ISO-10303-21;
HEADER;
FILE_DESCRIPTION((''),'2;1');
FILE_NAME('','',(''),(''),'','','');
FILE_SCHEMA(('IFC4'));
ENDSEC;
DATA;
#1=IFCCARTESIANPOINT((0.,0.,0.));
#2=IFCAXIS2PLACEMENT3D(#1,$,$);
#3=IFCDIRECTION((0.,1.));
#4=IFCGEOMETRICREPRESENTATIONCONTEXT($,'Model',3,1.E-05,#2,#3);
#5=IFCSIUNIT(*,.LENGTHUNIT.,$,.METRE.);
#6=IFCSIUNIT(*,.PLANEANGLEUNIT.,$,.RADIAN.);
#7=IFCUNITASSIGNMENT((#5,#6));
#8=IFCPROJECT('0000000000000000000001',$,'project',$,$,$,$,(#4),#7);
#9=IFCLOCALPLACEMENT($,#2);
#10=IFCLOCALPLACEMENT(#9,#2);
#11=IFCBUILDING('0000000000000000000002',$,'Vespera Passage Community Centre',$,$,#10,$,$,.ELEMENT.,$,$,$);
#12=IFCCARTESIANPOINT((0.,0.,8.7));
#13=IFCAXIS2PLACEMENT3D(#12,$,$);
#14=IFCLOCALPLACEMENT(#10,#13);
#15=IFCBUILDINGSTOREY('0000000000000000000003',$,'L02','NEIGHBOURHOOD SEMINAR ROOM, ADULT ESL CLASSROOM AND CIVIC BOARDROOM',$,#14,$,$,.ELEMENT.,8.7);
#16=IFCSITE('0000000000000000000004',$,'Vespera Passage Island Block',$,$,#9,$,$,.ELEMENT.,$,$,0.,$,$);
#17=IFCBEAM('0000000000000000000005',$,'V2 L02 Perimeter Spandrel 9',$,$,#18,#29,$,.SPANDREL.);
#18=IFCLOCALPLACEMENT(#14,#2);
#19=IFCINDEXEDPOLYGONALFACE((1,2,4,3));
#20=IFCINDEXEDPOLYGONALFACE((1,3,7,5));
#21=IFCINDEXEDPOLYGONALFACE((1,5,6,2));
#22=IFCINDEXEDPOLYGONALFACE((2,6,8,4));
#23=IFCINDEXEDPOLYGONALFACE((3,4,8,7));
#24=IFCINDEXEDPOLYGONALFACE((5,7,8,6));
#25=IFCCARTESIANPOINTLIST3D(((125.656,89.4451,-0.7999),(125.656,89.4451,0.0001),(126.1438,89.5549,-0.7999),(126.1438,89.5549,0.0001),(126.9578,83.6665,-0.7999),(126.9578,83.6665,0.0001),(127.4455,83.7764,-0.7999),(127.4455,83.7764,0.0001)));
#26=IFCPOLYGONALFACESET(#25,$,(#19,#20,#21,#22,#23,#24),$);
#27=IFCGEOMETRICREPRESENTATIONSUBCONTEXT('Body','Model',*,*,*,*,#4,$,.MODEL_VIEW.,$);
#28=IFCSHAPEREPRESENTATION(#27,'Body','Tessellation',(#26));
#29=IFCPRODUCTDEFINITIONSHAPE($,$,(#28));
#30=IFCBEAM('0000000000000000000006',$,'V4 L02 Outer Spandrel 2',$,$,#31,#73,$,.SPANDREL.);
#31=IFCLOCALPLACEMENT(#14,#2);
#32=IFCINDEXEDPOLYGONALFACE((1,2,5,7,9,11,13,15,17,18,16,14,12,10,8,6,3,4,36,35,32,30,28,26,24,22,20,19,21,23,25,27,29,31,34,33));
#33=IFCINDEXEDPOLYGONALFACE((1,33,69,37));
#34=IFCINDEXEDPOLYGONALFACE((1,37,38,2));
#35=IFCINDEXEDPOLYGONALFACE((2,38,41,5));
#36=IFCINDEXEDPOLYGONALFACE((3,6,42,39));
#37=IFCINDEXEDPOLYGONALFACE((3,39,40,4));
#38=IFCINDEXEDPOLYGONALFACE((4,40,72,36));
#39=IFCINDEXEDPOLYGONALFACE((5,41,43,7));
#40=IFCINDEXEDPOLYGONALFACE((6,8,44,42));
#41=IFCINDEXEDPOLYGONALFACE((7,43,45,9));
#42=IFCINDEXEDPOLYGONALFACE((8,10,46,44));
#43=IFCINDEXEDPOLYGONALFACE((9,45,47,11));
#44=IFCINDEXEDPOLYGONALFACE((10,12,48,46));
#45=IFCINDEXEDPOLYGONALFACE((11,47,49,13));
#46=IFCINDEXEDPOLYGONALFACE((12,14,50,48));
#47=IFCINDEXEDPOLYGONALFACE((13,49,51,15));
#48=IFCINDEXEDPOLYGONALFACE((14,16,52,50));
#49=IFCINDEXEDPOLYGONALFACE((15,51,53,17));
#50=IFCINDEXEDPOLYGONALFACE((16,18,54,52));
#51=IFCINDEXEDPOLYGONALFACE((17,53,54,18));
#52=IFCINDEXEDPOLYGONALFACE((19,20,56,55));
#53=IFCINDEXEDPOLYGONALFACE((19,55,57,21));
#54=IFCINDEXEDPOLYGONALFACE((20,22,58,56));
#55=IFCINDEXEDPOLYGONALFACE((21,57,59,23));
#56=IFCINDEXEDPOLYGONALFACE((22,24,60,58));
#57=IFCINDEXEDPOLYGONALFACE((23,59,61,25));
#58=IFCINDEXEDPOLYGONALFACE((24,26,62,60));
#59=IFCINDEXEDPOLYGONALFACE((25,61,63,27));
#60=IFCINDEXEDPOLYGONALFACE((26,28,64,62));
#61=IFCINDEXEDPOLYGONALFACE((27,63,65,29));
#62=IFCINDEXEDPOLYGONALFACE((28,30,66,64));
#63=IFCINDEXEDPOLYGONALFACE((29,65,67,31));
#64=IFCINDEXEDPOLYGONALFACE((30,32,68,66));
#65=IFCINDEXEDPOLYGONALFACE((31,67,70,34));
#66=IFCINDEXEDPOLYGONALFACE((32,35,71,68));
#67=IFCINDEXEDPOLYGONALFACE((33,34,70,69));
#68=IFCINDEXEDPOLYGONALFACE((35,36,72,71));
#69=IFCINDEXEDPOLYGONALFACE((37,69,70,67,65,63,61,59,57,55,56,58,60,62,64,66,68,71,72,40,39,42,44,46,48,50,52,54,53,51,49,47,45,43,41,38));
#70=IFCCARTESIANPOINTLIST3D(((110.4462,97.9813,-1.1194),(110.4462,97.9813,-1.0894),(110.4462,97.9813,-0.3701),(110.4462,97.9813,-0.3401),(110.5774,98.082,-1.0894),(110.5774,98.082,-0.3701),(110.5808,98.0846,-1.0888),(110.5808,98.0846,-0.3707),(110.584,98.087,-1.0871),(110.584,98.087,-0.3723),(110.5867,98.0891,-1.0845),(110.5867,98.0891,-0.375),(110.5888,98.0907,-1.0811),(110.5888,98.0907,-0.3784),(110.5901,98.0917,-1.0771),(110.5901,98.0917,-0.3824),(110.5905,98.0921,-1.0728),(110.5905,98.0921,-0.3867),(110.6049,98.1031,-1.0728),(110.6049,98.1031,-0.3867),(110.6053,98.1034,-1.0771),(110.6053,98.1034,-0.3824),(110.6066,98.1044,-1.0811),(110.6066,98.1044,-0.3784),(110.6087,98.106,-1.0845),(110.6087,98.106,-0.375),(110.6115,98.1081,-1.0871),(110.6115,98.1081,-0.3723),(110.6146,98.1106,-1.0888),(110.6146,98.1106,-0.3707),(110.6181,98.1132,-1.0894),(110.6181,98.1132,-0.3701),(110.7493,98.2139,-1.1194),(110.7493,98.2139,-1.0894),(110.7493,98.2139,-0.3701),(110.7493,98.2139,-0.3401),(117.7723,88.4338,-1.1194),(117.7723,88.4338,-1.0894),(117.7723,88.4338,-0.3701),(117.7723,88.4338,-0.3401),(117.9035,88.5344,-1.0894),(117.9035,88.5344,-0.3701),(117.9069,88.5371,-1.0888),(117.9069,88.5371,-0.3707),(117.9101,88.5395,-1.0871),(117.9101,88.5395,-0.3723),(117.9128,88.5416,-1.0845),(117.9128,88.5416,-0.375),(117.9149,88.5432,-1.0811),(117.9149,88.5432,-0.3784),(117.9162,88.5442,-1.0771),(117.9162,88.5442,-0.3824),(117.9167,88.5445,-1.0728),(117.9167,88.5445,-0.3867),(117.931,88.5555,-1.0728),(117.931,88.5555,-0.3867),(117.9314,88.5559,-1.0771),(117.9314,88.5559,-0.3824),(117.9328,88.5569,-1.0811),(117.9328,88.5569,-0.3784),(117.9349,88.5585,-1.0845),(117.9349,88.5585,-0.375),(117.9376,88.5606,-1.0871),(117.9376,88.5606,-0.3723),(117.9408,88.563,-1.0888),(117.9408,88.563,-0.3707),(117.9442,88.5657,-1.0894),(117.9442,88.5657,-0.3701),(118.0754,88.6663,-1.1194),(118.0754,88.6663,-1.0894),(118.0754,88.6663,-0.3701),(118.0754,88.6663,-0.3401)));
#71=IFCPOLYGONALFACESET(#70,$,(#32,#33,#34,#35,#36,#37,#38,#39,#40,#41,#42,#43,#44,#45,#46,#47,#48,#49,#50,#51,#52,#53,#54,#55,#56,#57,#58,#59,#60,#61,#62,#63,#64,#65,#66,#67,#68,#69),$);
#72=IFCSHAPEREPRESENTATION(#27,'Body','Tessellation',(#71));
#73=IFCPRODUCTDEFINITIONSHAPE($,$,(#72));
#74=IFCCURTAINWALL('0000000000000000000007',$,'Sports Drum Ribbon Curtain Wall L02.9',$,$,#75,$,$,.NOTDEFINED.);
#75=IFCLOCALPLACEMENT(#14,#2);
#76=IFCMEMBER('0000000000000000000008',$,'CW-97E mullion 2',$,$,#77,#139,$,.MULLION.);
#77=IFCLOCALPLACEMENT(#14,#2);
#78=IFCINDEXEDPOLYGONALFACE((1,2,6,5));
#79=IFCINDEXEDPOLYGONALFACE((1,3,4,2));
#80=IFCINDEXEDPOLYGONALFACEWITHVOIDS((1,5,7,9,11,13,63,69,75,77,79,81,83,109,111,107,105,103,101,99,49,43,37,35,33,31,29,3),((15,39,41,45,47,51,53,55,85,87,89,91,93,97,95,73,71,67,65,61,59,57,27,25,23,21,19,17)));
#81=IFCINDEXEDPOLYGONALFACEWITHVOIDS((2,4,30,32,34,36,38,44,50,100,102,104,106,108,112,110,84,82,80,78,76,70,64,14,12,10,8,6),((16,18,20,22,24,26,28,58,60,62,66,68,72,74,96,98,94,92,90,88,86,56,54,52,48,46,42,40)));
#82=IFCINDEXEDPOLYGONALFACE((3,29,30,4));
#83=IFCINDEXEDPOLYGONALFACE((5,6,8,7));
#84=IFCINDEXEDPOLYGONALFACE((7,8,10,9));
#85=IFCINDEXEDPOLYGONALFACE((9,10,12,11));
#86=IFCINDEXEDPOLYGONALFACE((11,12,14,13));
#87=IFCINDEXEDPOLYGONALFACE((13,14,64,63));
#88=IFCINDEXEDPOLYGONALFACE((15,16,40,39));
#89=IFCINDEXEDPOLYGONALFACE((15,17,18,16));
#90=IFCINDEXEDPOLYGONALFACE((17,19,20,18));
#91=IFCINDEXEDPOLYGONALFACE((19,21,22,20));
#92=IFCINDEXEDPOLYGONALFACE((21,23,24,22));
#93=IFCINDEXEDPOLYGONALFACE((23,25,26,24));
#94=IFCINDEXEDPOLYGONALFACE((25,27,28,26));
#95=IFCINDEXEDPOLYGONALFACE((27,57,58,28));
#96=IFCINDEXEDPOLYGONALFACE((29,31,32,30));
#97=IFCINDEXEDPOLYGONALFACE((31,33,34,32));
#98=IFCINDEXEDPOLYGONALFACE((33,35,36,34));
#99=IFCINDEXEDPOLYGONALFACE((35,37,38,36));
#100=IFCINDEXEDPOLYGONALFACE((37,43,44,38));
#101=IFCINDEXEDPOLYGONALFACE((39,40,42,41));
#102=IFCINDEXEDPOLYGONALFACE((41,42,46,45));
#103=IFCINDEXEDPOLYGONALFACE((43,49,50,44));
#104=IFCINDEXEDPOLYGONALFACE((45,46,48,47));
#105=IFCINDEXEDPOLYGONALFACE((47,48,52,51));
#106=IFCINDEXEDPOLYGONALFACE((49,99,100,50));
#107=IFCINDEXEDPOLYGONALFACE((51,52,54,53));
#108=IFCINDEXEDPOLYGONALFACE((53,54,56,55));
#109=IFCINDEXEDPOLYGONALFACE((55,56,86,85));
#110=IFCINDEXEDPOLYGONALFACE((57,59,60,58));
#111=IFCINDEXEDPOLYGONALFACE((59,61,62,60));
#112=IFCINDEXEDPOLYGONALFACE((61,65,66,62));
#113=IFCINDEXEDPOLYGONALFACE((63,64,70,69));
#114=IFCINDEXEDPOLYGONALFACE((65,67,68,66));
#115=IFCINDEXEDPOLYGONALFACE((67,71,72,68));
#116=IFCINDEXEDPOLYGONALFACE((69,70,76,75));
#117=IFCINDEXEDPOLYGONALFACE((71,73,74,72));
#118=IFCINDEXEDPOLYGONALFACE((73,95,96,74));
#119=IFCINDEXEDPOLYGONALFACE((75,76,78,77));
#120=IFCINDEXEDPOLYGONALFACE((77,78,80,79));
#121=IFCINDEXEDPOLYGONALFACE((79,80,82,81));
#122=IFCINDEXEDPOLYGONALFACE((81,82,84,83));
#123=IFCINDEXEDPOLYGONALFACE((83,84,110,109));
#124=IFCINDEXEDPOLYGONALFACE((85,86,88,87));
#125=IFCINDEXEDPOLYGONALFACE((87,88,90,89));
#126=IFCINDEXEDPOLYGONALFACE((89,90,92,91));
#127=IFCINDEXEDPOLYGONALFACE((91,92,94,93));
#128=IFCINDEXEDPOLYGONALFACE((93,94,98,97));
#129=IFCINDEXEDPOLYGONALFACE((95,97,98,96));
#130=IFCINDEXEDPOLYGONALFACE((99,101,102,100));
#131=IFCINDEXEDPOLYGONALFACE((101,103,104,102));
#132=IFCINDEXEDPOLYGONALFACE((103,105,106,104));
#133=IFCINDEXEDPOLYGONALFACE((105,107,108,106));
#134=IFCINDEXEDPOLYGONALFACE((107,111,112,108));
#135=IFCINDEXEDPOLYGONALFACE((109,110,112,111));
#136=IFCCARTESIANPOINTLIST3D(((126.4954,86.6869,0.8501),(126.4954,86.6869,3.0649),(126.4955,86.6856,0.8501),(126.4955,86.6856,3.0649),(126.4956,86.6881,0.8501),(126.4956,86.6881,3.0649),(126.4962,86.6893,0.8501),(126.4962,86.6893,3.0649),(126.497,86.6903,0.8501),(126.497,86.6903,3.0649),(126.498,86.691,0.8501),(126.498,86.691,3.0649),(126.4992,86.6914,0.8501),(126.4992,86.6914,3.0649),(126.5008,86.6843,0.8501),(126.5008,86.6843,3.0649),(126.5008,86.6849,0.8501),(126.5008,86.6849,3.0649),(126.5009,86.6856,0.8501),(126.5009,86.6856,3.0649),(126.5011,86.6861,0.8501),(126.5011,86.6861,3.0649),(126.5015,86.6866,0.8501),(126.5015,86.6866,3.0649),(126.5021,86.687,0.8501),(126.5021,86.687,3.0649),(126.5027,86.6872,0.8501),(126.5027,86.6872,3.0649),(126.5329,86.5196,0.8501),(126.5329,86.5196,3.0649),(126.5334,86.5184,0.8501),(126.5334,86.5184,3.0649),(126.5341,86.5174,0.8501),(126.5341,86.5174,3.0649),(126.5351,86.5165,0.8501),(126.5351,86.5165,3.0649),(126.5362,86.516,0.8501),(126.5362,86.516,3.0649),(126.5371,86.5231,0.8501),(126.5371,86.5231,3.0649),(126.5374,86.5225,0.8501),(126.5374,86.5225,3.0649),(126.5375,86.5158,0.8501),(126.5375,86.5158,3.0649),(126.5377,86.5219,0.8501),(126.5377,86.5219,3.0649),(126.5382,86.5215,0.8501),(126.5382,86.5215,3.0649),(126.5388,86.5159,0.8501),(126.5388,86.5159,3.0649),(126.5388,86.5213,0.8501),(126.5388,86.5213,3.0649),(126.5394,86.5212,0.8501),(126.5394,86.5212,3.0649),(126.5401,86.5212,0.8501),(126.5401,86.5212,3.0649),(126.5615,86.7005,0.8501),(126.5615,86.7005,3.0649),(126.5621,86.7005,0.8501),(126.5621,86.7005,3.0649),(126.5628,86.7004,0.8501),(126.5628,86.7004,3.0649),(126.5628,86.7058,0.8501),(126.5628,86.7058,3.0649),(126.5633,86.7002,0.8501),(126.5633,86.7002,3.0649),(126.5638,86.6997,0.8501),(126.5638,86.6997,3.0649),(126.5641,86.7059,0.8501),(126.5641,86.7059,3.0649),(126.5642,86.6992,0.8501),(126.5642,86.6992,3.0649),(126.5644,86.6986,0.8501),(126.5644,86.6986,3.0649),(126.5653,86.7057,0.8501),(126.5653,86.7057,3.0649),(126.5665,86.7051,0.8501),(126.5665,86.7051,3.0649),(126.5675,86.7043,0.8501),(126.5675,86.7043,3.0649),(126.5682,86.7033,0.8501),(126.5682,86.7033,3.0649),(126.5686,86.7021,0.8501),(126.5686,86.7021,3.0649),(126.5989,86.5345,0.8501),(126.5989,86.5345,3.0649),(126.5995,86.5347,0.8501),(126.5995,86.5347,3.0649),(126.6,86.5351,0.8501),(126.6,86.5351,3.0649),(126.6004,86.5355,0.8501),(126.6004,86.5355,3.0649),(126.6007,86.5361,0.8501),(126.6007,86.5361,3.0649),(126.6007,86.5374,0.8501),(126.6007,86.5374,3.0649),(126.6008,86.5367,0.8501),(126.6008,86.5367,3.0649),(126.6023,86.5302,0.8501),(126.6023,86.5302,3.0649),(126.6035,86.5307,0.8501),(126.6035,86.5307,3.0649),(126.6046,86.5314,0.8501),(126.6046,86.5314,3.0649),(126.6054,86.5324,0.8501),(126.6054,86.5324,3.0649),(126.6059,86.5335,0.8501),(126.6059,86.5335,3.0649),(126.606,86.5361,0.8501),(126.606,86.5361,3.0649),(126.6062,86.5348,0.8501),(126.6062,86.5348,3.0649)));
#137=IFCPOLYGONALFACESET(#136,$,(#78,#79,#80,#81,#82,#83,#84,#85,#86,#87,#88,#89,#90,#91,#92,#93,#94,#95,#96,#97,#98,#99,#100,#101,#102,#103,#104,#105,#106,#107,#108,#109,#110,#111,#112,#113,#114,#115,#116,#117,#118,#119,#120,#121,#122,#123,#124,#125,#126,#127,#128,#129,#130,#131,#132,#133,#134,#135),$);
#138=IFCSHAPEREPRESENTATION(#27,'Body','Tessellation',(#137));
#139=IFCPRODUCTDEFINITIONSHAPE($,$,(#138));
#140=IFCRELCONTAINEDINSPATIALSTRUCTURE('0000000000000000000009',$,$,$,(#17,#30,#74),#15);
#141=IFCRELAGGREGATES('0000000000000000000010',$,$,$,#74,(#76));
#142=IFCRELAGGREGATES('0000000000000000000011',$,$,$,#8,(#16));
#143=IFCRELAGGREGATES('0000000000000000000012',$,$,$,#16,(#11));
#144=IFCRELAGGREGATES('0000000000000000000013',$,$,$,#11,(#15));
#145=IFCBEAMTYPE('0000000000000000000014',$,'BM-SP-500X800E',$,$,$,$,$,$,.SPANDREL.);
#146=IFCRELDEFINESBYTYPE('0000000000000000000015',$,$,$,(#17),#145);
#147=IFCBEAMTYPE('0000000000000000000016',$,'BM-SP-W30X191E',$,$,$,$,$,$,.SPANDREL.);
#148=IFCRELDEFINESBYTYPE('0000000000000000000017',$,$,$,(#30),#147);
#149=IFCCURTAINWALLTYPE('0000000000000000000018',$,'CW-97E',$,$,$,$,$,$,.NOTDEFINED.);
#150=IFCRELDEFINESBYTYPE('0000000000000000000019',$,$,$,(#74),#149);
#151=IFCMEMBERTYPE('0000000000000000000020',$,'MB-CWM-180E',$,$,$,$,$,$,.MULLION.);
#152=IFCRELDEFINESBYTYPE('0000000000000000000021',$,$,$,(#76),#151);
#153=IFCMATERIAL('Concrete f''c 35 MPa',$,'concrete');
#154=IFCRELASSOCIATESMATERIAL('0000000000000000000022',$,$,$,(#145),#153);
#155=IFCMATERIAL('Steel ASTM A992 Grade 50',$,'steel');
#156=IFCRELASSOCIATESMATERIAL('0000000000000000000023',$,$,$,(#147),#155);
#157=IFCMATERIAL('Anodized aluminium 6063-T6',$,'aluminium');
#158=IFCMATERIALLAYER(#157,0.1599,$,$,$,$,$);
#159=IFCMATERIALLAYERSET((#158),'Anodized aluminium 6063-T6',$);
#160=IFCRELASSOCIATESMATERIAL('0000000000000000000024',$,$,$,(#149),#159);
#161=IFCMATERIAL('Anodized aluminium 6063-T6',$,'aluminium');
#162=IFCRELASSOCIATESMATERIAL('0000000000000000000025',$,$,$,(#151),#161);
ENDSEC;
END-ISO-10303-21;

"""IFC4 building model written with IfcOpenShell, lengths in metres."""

from ifc_helpers import new_model, si_unit, direction, frame, origin, origin_2d, place, context, subcontext, project, spatial, rectangle, hollow_rectangle, i_section, extrude, material, layer, layer_set, material_profile, profile_set, type_object, element, aggregate, save


model = new_model("IFC4")

# Units and contexts
model_context = context("Model", 3, precision=1e-05, world=origin(), true_north=direction((0.0, 1.0)))
body_context = subcontext(model_context, "Body", "Model", "MODEL_VIEW")
ifc_project = project(units=[si_unit("LENGTHUNIT", "METRE"), si_unit("PLANEANGLEUNIT", "RADIAN")], contexts=[model_context])

# Site, building, storey
site_placement = place(None, origin())
site = spatial("IfcSite", under=ifc_project, at=site_placement, Name="Vespera Passage Island Block", CompositionType="ELEMENT", RefElevation=0.0)
building_placement = place(site_placement, origin())
building = spatial("IfcBuilding", under=site, at=building_placement, Name="Vespera Passage Community Centre", CompositionType="ELEMENT")
storey_placement = place(building_placement, frame((0.0, 0.0, 8.7)))
storey = spatial("IfcBuildingStorey", under=building, at=storey_placement, Name="L02", Description="NEIGHBOURHOOD SEMINAR ROOM, ADULT ESL CLASSROOM AND CIVIC BOARDROOM", CompositionType="ELEMENT", Elevation=8.7)

# Beams
ifc_material_1 = material(Name="Concrete f'c 35 MPa", Category="concrete")
ifc_material_profile_1 = material_profile(ifc_material_1, rectangle(XDim=0.5, YDim=0.8, at=origin_2d()), Name="RC500X800")
ifc_profile_set_1 = profile_set([ifc_material_profile_1], Name="Concrete f'c 35 MPa")
beam_type_1 = type_object("IfcBeamType", Name="BM-SP-500X800E", PredefinedType="SPANDREL", material=ifc_profile_set_1)
beam_1_placement = place(storey_placement, frame((125.8999, 89.5, -0.3999), z_axis=(0.219766, -0.975553, 0.0), x_axis=(0.975553, 0.219766, 0.0)))
element("IfcBeam", 1, at=beam_1_placement, inside=storey, type_object=beam_type_1, Name="V2 L02 Perimeter Spandrel 9", PredefinedType="SPANDREL", context=body_context, shape_type="SweptSolid", body=[
    extrude(rectangle(XDim=0.5, YDim=0.8, at=origin_2d()), origin(), (0.0, 0.0, 1.0), 5.9233),
])
ifc_material_2 = material(Name="Steel ASTM A992 Grade 50", Category="steel")
ifc_material_profile_2 = material_profile(ifc_material_2, i_section(OverallWidth=0.3821, OverallDepth=0.7793, WebThickness=0.0181, FlangeThickness=0.03, FilletRadius=0.0166, at=origin_2d()), Name="W30X191")
ifc_profile_set_2 = profile_set([ifc_material_profile_2], Name="Steel ASTM A992 Grade 50")
beam_type_2 = type_object("IfcBeamType", Name="BM-SP-W30X191E", PredefinedType="SPANDREL", material=ifc_profile_set_2)
beam_2_placement = place(storey_placement, frame((117.9238, 88.55, -0.7297), z_axis=(-0.608763, 0.793352, 0.0), x_axis=(-0.793352, -0.608763, 0.0)))
element("IfcBeam", 2, at=beam_2_placement, inside=storey, type_object=beam_type_2, Name="V4 L02 Outer Spandrel 2", PredefinedType="SPANDREL", context=body_context, shape_type="SweptSolid", body=[
    extrude(i_section(OverallWidth=0.3821, OverallDepth=0.7793, WebThickness=0.0181, FlangeThickness=0.03, FilletRadius=0.0166, at=origin_2d()), origin(), (0.0, 0.0, 1.0), 12.0344),
])

# Curtain wall, member
ifc_material_3 = material(Name="Anodized aluminium 6063-T6", Category="aluminium")
ifc_layer_1 = layer(ifc_material_3, 0.1599)
ifc_layer_set_1 = layer_set([ifc_layer_1], Name="Anodized aluminium 6063-T6")
curtain_wall_type = type_object("IfcCurtainWallType", Name="CW-97E", PredefinedType="NOTDEFINED", material=ifc_layer_set_1)
curtain_wall_placement = place(storey_placement, origin())
curtain_wall = element("IfcCurtainWall", 3, at=curtain_wall_placement, inside=storey, type_object=curtain_wall_type, Name="Sports Drum Ribbon Curtain Wall L02.9", PredefinedType="NOTDEFINED")
ifc_material_4 = material(Name="Anodized aluminium 6063-T6", Category="aluminium")
ifc_material_profile_3 = material_profile(ifc_material_4, hollow_rectangle(XDim=0.075, YDim=0.1799, WallThickness=0.0049, InnerFilletRadius=0.0024, OuterFilletRadius=0.0049, at=origin_2d()), Name="ALU180X75X5")
ifc_profile_set_3 = profile_set([ifc_material_profile_3], Name="Anodized aluminium 6063-T6")
member_type_1 = type_object("IfcMemberType", Name="MB-CWM-180E", PredefinedType="MULLION", material=ifc_profile_set_3)
member_1_placement = place(storey_placement, frame((126.5508, 86.6108, 0.8501), z_axis=(0.0, 0.0, 1.0), x_axis=(-0.975553, -0.219763, 0.0)))
member_1 = element("IfcMember", 4, at=member_1_placement, type_object=member_type_1, Name="CW-97E mullion 2", PredefinedType="MULLION", context=body_context, shape_type="SweptSolid", body=[
    extrude(hollow_rectangle(XDim=0.075, YDim=0.1799, WallThickness=0.0049, InnerFilletRadius=0.0024, OuterFilletRadius=0.0049, at=origin_2d()), origin(), (0.0, 0.0, 1.0), 2.2148),
])

aggregate(curtain_wall, [member_1])

save(model, "model.ifc")
